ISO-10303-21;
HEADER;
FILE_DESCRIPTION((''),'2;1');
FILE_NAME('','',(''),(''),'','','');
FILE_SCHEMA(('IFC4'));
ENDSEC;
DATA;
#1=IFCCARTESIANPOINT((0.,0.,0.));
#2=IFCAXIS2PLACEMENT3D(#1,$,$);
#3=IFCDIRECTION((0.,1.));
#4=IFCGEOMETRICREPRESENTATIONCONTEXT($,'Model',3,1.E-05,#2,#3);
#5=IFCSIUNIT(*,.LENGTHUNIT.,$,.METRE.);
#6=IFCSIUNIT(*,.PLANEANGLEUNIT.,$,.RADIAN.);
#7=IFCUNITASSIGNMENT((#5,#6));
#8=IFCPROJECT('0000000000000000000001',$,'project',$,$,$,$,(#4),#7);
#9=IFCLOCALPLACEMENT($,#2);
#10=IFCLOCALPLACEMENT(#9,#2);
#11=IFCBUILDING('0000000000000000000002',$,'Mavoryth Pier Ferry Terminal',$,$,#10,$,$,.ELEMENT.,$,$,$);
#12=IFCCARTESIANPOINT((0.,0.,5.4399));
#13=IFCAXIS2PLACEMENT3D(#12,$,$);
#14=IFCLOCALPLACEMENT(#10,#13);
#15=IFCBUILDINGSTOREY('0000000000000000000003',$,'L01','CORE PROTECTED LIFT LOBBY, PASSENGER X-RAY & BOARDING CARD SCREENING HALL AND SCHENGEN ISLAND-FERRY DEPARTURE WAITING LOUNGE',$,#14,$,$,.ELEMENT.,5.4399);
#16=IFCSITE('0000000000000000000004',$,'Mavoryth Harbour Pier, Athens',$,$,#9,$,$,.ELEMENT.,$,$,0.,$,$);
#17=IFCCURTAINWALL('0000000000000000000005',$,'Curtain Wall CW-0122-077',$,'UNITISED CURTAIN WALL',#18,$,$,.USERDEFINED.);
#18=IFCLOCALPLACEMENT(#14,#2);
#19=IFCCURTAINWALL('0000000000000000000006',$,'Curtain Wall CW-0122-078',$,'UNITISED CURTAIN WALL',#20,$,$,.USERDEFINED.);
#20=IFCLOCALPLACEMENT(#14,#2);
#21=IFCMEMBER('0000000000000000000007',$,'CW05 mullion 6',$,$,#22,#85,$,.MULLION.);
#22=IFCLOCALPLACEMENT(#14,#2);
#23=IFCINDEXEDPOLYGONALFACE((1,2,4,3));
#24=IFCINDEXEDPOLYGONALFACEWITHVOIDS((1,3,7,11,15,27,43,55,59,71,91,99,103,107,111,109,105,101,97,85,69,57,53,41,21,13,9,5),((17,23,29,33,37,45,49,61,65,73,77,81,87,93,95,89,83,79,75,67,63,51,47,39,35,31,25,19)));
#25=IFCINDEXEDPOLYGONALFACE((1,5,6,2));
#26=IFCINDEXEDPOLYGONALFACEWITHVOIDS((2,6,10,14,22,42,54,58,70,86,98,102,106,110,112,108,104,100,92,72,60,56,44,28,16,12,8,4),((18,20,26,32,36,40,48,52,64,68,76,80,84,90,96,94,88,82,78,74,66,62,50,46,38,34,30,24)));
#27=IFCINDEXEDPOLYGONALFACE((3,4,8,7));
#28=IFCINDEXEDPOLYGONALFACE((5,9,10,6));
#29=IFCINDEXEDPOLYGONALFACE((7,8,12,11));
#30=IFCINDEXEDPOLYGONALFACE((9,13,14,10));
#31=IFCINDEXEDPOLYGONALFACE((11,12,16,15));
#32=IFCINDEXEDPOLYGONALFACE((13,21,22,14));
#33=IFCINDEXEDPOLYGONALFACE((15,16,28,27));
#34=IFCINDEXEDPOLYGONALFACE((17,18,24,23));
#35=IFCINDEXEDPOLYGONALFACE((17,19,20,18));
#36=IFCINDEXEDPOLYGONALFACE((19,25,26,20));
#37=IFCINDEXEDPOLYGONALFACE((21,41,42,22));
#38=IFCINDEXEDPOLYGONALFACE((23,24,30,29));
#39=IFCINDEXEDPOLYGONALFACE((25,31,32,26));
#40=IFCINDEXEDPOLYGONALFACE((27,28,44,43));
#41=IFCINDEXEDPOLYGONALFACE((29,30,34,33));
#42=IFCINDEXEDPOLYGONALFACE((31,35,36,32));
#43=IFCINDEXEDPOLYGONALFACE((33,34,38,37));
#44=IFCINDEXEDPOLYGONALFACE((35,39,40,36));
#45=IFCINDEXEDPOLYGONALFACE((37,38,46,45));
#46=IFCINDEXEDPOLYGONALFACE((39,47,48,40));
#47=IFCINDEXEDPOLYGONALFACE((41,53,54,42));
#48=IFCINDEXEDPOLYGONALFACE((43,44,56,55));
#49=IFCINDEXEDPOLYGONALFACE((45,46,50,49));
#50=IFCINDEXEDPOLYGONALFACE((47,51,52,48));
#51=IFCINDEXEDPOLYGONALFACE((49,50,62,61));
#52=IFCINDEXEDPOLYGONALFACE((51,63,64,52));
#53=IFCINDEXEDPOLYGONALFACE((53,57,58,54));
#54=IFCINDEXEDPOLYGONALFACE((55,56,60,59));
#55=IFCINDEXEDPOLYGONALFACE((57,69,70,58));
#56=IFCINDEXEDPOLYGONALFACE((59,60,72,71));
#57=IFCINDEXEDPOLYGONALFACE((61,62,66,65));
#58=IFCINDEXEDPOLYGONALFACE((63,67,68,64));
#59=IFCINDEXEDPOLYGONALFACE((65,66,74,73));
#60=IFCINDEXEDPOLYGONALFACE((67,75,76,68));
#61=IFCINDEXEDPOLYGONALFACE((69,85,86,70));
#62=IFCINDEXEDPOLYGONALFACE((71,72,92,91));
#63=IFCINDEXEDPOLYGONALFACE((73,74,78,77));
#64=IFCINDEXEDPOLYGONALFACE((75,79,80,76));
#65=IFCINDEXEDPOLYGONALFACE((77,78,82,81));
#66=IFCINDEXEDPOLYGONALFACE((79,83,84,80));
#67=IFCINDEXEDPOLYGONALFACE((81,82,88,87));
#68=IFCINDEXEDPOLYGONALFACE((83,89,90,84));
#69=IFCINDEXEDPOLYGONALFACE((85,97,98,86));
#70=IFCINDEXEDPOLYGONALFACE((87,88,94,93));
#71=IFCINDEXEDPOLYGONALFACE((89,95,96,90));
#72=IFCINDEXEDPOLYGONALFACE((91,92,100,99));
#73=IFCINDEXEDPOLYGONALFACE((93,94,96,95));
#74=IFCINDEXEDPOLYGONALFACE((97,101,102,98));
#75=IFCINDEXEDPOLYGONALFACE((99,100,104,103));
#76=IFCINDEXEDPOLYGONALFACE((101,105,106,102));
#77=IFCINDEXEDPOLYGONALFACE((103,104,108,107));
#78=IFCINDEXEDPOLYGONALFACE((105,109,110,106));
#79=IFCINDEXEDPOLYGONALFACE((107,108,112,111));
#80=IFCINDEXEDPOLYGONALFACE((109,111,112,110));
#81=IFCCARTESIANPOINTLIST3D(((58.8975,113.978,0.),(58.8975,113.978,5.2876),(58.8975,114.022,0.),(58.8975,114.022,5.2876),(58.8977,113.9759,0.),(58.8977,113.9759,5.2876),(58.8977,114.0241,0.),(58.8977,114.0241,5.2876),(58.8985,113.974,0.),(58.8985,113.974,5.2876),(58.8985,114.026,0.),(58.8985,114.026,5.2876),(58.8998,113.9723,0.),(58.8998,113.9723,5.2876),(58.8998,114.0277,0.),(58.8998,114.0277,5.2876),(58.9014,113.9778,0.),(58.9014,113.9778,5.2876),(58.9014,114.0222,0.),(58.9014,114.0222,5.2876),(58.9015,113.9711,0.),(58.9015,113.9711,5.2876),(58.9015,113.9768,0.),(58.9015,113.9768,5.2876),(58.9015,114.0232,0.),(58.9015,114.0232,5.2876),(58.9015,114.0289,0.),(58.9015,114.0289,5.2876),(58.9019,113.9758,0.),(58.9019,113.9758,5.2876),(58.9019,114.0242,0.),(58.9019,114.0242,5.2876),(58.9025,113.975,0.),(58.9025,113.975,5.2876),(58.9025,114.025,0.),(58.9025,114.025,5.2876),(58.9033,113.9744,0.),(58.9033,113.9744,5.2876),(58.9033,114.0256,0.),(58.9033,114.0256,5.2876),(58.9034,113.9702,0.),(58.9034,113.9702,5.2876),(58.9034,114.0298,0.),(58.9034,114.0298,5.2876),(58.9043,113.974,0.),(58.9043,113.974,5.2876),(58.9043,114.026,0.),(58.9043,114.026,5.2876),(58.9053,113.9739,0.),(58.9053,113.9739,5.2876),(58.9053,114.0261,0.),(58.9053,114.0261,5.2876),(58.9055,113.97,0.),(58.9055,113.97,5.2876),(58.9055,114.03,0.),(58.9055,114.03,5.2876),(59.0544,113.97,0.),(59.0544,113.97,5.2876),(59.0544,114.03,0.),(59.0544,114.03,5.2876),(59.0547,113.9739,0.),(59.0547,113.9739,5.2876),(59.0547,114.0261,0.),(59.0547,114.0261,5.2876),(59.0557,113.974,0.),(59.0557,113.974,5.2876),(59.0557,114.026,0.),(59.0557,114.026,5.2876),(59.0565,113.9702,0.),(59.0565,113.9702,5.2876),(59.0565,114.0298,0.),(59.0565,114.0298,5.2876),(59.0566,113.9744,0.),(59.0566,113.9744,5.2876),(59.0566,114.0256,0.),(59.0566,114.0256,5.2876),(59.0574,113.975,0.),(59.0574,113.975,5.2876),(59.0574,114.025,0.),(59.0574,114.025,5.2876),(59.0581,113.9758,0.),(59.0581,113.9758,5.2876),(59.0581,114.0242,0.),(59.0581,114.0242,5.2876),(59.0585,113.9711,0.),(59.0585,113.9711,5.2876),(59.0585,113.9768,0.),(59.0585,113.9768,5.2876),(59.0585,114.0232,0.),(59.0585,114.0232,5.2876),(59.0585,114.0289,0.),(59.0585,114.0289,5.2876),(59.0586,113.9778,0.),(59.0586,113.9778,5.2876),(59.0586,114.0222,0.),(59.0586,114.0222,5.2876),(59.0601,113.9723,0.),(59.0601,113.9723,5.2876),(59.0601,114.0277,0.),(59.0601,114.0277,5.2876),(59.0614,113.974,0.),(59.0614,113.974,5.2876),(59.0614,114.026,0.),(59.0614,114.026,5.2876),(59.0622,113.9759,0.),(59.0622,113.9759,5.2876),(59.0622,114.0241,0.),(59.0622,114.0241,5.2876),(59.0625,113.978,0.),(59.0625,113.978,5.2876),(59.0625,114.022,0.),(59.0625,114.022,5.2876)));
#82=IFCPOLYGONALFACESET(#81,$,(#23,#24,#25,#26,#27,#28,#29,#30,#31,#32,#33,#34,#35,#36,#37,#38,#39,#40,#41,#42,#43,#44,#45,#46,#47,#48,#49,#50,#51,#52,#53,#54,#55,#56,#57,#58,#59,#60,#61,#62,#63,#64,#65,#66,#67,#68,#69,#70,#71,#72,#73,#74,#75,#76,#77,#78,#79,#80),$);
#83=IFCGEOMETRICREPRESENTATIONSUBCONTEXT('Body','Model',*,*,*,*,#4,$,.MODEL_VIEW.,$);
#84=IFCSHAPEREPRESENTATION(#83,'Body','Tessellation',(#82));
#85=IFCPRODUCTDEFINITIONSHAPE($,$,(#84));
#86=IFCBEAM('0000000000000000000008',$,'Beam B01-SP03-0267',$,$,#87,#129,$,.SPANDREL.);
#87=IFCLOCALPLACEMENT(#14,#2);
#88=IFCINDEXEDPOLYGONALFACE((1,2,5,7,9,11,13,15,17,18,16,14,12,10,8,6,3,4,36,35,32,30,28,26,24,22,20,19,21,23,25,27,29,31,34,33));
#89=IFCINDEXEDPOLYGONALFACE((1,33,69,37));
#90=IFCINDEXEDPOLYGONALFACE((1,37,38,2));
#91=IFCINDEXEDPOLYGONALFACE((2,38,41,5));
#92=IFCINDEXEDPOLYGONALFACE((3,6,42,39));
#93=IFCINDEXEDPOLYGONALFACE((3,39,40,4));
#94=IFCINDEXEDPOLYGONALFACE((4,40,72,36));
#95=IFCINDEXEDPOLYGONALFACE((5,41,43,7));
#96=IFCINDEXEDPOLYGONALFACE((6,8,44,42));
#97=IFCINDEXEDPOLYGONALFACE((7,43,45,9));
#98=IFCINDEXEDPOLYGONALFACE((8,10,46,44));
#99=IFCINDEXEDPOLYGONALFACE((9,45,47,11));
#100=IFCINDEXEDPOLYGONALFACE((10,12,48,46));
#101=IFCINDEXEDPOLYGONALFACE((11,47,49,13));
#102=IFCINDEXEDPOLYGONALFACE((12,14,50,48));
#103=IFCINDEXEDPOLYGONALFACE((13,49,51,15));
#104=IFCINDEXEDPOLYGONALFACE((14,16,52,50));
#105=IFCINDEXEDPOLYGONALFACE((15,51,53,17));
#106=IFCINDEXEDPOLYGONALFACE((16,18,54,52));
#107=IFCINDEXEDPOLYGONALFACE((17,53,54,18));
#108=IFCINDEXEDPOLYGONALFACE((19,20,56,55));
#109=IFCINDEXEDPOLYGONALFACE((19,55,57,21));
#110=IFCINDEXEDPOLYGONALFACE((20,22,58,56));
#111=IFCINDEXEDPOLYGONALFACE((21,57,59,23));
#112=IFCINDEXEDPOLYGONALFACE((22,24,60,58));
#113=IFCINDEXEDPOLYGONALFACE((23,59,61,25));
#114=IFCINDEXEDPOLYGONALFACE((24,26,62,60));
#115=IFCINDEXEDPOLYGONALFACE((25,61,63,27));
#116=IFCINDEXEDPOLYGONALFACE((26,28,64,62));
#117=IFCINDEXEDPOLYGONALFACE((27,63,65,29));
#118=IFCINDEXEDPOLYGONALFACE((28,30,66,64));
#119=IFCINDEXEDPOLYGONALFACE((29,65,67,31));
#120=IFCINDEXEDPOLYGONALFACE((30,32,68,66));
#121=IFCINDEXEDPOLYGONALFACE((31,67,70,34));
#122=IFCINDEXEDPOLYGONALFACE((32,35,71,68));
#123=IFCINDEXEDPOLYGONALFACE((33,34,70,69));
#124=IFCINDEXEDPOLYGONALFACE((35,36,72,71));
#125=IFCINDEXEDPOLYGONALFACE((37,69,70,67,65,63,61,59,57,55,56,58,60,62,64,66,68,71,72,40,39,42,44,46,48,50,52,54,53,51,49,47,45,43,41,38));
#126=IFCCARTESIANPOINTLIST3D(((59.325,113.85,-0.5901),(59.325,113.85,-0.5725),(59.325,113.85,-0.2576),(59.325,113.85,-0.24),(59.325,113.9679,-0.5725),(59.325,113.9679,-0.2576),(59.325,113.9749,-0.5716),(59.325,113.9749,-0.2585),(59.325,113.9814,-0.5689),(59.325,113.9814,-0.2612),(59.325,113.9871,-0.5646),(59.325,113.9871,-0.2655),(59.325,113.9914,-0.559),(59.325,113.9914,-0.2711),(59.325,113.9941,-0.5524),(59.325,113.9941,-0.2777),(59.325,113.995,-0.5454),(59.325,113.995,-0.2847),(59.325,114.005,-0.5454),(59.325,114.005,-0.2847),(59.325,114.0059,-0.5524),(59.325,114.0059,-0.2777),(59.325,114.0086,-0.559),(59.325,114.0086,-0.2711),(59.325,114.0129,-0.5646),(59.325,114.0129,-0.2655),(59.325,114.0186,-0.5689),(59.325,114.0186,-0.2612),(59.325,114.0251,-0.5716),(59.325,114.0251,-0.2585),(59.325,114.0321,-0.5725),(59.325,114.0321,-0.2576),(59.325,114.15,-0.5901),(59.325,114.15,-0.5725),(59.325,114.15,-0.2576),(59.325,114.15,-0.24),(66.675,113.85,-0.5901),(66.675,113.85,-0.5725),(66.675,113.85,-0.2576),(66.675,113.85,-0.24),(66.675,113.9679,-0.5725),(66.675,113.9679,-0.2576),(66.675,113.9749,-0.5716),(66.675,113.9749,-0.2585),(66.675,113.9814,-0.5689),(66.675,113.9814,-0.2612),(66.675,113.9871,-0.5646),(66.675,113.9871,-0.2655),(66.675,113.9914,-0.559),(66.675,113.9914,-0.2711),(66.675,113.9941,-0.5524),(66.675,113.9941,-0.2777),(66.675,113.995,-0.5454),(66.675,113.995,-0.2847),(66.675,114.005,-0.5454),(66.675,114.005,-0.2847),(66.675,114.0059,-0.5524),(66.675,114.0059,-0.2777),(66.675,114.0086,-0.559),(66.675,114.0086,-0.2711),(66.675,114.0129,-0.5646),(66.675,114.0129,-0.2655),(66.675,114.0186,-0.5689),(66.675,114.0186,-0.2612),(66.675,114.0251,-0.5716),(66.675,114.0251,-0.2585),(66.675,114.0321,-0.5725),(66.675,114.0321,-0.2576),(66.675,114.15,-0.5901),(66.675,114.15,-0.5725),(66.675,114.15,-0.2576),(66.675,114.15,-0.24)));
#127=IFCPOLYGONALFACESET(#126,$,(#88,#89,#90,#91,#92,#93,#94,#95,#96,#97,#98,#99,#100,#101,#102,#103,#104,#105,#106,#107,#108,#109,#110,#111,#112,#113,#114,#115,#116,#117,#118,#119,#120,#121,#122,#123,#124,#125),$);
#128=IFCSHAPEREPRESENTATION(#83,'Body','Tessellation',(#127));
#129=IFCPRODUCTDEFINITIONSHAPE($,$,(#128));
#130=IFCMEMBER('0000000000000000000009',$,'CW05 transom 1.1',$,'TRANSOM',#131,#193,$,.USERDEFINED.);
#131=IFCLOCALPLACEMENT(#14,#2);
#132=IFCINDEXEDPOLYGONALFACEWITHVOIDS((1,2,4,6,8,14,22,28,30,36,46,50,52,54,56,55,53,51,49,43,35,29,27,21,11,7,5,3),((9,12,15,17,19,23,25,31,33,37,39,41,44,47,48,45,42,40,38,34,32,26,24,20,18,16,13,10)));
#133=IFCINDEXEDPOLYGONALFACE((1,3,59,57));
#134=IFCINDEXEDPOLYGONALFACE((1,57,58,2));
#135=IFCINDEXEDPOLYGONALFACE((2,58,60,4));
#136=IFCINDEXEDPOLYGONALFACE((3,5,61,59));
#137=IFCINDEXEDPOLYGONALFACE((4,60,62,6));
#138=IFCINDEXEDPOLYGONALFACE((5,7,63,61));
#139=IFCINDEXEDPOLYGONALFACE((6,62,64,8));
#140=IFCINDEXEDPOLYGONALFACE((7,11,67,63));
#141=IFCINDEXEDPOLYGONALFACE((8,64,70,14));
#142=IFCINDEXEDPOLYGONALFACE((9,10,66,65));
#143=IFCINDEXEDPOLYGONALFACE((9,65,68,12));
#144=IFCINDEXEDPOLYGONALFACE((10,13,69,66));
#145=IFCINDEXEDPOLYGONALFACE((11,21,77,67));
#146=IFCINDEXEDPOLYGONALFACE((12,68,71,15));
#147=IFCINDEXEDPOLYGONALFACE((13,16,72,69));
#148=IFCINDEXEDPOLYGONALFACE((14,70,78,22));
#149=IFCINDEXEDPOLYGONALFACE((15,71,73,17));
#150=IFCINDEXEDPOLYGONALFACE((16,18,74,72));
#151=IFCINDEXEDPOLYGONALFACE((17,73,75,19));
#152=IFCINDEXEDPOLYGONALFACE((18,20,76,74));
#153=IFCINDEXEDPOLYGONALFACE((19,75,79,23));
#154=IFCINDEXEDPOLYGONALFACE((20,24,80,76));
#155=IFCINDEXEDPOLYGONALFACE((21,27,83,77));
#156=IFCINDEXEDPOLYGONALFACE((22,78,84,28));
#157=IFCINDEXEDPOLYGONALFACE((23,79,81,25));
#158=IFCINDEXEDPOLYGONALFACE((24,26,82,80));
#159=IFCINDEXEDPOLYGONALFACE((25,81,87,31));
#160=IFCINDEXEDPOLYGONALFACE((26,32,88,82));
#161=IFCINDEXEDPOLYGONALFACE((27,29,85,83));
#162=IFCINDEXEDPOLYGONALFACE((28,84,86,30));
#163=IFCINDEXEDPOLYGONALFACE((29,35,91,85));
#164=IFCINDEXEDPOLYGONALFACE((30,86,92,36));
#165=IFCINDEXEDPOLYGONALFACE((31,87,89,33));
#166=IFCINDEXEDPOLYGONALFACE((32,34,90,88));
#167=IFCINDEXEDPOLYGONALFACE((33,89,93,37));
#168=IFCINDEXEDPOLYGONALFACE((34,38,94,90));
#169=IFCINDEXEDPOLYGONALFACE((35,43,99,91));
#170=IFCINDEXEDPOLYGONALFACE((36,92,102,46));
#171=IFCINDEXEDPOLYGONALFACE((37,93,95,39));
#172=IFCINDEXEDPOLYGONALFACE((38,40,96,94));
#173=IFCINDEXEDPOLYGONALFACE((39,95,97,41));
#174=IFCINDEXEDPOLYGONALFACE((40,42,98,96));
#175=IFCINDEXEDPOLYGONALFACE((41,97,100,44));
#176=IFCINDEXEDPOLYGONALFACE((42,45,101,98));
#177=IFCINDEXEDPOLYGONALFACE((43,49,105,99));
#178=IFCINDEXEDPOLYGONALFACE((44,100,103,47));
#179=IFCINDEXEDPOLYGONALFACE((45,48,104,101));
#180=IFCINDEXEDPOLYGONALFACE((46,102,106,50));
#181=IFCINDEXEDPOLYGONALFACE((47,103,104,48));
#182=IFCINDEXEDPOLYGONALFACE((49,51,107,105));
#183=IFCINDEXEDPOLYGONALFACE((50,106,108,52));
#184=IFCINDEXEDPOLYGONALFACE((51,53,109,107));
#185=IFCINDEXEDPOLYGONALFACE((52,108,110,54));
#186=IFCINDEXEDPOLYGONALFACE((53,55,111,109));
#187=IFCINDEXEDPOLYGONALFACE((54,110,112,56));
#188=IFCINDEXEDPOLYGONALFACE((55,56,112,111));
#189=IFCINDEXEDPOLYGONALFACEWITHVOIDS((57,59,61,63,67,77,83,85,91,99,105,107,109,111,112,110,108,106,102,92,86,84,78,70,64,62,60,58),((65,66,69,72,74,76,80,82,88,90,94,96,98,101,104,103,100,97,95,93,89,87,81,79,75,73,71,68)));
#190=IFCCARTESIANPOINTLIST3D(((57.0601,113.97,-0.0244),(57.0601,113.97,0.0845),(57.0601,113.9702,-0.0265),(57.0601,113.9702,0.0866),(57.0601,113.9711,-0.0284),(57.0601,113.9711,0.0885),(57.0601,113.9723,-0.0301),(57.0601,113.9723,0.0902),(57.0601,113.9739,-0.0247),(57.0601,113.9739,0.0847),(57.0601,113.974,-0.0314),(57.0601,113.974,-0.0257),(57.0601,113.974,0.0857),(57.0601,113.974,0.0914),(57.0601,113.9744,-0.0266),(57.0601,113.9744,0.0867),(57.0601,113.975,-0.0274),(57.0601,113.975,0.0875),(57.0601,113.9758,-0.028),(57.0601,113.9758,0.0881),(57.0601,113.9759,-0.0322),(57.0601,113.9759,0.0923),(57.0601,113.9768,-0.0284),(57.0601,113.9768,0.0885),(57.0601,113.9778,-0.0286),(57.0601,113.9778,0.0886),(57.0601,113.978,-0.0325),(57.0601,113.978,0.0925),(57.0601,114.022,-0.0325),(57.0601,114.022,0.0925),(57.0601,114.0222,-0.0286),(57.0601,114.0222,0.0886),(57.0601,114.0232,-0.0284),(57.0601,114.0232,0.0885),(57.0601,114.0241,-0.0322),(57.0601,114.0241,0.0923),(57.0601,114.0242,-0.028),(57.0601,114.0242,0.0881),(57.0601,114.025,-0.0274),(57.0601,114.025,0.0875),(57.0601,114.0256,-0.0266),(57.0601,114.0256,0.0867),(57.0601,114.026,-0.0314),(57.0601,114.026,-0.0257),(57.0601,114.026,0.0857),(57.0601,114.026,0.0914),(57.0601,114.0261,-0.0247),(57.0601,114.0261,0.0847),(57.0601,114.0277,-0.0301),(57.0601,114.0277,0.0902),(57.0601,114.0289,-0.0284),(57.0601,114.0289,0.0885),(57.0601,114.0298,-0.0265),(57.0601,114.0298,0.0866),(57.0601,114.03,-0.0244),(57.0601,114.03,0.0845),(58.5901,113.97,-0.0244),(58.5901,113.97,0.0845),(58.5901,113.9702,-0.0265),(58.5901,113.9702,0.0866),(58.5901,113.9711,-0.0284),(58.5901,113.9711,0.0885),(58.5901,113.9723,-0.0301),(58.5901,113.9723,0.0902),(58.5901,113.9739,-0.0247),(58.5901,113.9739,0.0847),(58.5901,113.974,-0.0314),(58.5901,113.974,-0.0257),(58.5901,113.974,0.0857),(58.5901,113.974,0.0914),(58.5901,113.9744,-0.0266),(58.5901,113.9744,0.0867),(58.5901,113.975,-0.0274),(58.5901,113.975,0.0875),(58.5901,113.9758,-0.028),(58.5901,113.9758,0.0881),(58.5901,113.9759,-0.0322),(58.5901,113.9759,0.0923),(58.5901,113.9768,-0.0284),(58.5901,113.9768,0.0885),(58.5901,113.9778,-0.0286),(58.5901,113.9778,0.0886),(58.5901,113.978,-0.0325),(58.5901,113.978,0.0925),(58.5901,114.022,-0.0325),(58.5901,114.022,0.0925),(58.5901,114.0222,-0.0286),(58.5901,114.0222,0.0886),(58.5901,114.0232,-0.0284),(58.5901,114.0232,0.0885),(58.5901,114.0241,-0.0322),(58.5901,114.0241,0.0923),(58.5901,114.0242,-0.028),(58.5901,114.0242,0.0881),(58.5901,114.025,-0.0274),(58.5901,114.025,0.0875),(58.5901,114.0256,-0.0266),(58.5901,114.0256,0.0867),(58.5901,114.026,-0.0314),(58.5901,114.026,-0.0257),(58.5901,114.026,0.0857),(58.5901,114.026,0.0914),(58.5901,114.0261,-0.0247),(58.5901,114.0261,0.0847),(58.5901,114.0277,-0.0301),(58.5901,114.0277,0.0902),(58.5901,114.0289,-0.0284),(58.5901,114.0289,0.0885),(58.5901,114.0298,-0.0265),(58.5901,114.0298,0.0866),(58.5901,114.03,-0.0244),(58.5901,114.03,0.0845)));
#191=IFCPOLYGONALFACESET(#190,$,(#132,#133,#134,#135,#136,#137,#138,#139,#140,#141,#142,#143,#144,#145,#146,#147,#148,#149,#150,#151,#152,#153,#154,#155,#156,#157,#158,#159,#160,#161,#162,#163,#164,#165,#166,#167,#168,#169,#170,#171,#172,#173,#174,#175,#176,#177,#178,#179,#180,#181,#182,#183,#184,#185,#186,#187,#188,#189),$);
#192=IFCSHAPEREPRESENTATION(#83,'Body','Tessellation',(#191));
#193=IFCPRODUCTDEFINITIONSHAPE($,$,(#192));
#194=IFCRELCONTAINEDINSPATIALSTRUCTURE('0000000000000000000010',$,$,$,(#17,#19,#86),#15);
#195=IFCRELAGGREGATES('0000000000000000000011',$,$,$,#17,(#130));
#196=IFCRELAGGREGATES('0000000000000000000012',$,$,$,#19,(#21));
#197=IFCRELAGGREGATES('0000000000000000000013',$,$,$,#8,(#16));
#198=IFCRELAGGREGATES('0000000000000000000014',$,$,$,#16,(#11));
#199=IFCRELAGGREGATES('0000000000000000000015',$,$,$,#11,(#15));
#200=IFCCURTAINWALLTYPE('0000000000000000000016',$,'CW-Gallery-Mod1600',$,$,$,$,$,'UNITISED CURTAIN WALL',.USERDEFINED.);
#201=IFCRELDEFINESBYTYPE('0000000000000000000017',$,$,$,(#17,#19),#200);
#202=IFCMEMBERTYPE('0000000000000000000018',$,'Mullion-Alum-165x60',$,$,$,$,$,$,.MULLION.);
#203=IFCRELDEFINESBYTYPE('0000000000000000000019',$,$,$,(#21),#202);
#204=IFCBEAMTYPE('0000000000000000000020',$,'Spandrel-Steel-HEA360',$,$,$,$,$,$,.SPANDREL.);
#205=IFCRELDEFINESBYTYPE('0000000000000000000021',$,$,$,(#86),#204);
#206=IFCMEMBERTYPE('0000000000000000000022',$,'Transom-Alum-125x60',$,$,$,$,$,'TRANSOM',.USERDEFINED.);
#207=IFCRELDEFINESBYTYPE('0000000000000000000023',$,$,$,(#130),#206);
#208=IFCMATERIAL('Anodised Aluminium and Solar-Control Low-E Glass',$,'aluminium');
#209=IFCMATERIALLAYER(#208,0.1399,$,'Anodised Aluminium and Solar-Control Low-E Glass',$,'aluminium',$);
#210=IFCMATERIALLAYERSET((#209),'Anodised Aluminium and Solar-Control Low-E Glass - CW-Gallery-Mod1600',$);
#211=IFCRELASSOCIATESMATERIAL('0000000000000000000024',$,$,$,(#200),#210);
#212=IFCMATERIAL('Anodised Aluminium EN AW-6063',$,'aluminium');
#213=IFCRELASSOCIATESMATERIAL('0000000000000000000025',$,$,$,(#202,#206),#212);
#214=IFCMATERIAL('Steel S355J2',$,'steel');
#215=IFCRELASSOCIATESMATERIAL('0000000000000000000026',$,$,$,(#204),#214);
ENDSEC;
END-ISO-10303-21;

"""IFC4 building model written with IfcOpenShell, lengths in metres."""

from ifc_helpers import new_model, si_unit, direction, frame, origin, origin_2d, place, context, subcontext, project, spatial, hollow_rectangle, i_section, extrude, material, layer, layer_set, material_profile, profile_set, type_object, element, aggregate, save


model = new_model("IFC4")

# Units and contexts
model_context = context("Model", 3, precision=1e-05, world=origin(), true_north=direction((0.0, 1.0)))
body_context = subcontext(model_context, "Body", "Model", "MODEL_VIEW")
ifc_project = project(units=[si_unit("LENGTHUNIT", "METRE"), si_unit("PLANEANGLEUNIT", "RADIAN")], contexts=[model_context])

# Site, building, storey
site_placement = place(None, origin())
site = spatial("IfcSite", under=ifc_project, at=site_placement, Name="Mavoryth Harbour Pier, Athens", CompositionType="ELEMENT", RefElevation=0.0)
building_placement = place(site_placement, origin())
building = spatial("IfcBuilding", under=site, at=building_placement, Name="Mavoryth Pier Ferry Terminal", CompositionType="ELEMENT")
storey_placement = place(building_placement, frame((0.0, 0.0, 5.4399)))
storey = spatial("IfcBuildingStorey", under=building, at=storey_placement, Name="L01", Description="CORE PROTECTED LIFT LOBBY, PASSENGER X-RAY & BOARDING CARD SCREENING HALL AND SCHENGEN ISLAND-FERRY DEPARTURE WAITING LOUNGE", CompositionType="ELEMENT", Elevation=5.4399)

# Shared definitions
ifc_material_1 = material(Name="Steel S355J2", Category="steel")

# Curtain walls, member
ifc_material_2 = material(Name="Anodised Aluminium and Solar-Control Low-E Glass", Category="aluminium")
ifc_layer_1 = layer(ifc_material_2, 0.1399, Name="Anodised Aluminium and Solar-Control Low-E Glass", Category="aluminium")
ifc_layer_set_1 = layer_set([ifc_layer_1], Name="Anodised Aluminium and Solar-Control Low-E Glass - CW-Gallery-Mod1600")
curtain_wall_type = type_object("IfcCurtainWallType", Name="CW-Gallery-Mod1600", ElementType="UNITISED CURTAIN WALL", PredefinedType="USERDEFINED", material=ifc_layer_set_1)
curtain_wall_1_placement = place(storey_placement, origin())
curtain_wall_1 = element("IfcCurtainWall", 1, at=curtain_wall_1_placement, inside=storey, type_object=curtain_wall_type, Name="Curtain Wall CW-0122-077", ObjectType="UNITISED CURTAIN WALL", PredefinedType="USERDEFINED")
ifc_material_3 = material(Name="Anodised Aluminium EN AW-6063", Category="aluminium")
ifc_material_profile_1 = material_profile(ifc_material_3, hollow_rectangle(XDim=0.0601, YDim=0.165, WallThickness=0.0039, InnerFilletRadius=0.0039, OuterFilletRadius=0.0081, at=origin_2d()), Name="AL-MULL 165x60x4", Category="aluminium")
ifc_profile_set_1 = profile_set([ifc_material_profile_1], Name="Anodised Aluminium EN AW-6063 - AL-MULL 165x60x4")
member_type_1 = type_object("IfcMemberType", Name="Mullion-Alum-165x60", PredefinedType="MULLION", material=ifc_profile_set_1)
curtain_wall_2_placement = place(storey_placement, origin())
curtain_wall_2 = element("IfcCurtainWall", 2, at=curtain_wall_2_placement, inside=storey, type_object=curtain_wall_type, Name="Curtain Wall CW-0122-078", ObjectType="UNITISED CURTAIN WALL", PredefinedType="USERDEFINED")
member_1_placement = place(storey_placement, frame((58.98, 114.0, 0.0), z_axis=(0.0, 0.0, 1.0), x_axis=(0.0, -1.0, 0.0)))
member_1 = element("IfcMember", 3, at=member_1_placement, type_object=member_type_1, Name="CW05 mullion 6", PredefinedType="MULLION", context=body_context, shape_type="SweptSolid", body=[
    extrude(hollow_rectangle(XDim=0.0601, YDim=0.165, WallThickness=0.0039, InnerFilletRadius=0.0039, OuterFilletRadius=0.0081, at=origin_2d()), origin(), (0.0, 0.0, 1.0), 5.2876),
])

# Beam
ifc_material_profile_2 = material_profile(ifc_material_1, i_section(OverallWidth=0.3, OverallDepth=0.3501, WebThickness=0.01, FlangeThickness=0.0176, FilletRadius=0.0271, at=origin_2d()), Name="HEA 360", Category="steel")
ifc_profile_set_2 = profile_set([ifc_material_profile_2], Name="Steel S355J2 - HEA 360")
beam_type = type_object("IfcBeamType", Name="Spandrel-Steel-HEA360", PredefinedType="SPANDREL", material=ifc_profile_set_2)
beam_placement = place(storey_placement, frame((59.325, 114.0, -0.415), z_axis=(1.0, 0.0, 0.0), x_axis=(0.0, 1.0, 0.0)))
element("IfcBeam", 4, at=beam_placement, inside=storey, type_object=beam_type, Name="Beam B01-SP03-0267", PredefinedType="SPANDREL", context=body_context, shape_type="SweptSolid", body=[
    extrude(i_section(OverallWidth=0.3, OverallDepth=0.3501, WebThickness=0.01, FlangeThickness=0.0176, FilletRadius=0.0271, at=origin_2d()), origin(), (0.0, 0.0, 1.0), 7.3501),
])

# Member
ifc_material_profile_3 = material_profile(ifc_material_3, hollow_rectangle(XDim=0.0601, YDim=0.125, WallThickness=0.0039, InnerFilletRadius=0.0039, OuterFilletRadius=0.0081, at=origin_2d()), Name="AL-TRAN 125x60x4", Category="aluminium")
ifc_profile_set_3 = profile_set([ifc_material_profile_3], Name="Anodised Aluminium EN AW-6063 - AL-TRAN 125x60x4")
member_type_2 = type_object("IfcMemberType", Name="Transom-Alum-125x60", ElementType="TRANSOM", PredefinedType="USERDEFINED", material=ifc_profile_set_3)
member_2_placement = place(storey_placement, frame((58.5901, 114.0, 0.03), z_axis=(-1.0, 0.0, 0.0), x_axis=(0.0, -1.0, 0.0)))
member_2 = element("IfcMember", 5, at=member_2_placement, type_object=member_type_2, Name="CW05 transom 1.1", ObjectType="TRANSOM", PredefinedType="USERDEFINED", context=body_context, shape_type="SweptSolid", body=[
    extrude(hollow_rectangle(XDim=0.0601, YDim=0.125, WallThickness=0.0039, InnerFilletRadius=0.0039, OuterFilletRadius=0.0081, at=origin_2d()), origin(), (0.0, 0.0, 1.0), 1.53),
])

aggregate(curtain_wall_1, [member_2])
aggregate(curtain_wall_2, [member_1])

save(model, "model.ifc")
